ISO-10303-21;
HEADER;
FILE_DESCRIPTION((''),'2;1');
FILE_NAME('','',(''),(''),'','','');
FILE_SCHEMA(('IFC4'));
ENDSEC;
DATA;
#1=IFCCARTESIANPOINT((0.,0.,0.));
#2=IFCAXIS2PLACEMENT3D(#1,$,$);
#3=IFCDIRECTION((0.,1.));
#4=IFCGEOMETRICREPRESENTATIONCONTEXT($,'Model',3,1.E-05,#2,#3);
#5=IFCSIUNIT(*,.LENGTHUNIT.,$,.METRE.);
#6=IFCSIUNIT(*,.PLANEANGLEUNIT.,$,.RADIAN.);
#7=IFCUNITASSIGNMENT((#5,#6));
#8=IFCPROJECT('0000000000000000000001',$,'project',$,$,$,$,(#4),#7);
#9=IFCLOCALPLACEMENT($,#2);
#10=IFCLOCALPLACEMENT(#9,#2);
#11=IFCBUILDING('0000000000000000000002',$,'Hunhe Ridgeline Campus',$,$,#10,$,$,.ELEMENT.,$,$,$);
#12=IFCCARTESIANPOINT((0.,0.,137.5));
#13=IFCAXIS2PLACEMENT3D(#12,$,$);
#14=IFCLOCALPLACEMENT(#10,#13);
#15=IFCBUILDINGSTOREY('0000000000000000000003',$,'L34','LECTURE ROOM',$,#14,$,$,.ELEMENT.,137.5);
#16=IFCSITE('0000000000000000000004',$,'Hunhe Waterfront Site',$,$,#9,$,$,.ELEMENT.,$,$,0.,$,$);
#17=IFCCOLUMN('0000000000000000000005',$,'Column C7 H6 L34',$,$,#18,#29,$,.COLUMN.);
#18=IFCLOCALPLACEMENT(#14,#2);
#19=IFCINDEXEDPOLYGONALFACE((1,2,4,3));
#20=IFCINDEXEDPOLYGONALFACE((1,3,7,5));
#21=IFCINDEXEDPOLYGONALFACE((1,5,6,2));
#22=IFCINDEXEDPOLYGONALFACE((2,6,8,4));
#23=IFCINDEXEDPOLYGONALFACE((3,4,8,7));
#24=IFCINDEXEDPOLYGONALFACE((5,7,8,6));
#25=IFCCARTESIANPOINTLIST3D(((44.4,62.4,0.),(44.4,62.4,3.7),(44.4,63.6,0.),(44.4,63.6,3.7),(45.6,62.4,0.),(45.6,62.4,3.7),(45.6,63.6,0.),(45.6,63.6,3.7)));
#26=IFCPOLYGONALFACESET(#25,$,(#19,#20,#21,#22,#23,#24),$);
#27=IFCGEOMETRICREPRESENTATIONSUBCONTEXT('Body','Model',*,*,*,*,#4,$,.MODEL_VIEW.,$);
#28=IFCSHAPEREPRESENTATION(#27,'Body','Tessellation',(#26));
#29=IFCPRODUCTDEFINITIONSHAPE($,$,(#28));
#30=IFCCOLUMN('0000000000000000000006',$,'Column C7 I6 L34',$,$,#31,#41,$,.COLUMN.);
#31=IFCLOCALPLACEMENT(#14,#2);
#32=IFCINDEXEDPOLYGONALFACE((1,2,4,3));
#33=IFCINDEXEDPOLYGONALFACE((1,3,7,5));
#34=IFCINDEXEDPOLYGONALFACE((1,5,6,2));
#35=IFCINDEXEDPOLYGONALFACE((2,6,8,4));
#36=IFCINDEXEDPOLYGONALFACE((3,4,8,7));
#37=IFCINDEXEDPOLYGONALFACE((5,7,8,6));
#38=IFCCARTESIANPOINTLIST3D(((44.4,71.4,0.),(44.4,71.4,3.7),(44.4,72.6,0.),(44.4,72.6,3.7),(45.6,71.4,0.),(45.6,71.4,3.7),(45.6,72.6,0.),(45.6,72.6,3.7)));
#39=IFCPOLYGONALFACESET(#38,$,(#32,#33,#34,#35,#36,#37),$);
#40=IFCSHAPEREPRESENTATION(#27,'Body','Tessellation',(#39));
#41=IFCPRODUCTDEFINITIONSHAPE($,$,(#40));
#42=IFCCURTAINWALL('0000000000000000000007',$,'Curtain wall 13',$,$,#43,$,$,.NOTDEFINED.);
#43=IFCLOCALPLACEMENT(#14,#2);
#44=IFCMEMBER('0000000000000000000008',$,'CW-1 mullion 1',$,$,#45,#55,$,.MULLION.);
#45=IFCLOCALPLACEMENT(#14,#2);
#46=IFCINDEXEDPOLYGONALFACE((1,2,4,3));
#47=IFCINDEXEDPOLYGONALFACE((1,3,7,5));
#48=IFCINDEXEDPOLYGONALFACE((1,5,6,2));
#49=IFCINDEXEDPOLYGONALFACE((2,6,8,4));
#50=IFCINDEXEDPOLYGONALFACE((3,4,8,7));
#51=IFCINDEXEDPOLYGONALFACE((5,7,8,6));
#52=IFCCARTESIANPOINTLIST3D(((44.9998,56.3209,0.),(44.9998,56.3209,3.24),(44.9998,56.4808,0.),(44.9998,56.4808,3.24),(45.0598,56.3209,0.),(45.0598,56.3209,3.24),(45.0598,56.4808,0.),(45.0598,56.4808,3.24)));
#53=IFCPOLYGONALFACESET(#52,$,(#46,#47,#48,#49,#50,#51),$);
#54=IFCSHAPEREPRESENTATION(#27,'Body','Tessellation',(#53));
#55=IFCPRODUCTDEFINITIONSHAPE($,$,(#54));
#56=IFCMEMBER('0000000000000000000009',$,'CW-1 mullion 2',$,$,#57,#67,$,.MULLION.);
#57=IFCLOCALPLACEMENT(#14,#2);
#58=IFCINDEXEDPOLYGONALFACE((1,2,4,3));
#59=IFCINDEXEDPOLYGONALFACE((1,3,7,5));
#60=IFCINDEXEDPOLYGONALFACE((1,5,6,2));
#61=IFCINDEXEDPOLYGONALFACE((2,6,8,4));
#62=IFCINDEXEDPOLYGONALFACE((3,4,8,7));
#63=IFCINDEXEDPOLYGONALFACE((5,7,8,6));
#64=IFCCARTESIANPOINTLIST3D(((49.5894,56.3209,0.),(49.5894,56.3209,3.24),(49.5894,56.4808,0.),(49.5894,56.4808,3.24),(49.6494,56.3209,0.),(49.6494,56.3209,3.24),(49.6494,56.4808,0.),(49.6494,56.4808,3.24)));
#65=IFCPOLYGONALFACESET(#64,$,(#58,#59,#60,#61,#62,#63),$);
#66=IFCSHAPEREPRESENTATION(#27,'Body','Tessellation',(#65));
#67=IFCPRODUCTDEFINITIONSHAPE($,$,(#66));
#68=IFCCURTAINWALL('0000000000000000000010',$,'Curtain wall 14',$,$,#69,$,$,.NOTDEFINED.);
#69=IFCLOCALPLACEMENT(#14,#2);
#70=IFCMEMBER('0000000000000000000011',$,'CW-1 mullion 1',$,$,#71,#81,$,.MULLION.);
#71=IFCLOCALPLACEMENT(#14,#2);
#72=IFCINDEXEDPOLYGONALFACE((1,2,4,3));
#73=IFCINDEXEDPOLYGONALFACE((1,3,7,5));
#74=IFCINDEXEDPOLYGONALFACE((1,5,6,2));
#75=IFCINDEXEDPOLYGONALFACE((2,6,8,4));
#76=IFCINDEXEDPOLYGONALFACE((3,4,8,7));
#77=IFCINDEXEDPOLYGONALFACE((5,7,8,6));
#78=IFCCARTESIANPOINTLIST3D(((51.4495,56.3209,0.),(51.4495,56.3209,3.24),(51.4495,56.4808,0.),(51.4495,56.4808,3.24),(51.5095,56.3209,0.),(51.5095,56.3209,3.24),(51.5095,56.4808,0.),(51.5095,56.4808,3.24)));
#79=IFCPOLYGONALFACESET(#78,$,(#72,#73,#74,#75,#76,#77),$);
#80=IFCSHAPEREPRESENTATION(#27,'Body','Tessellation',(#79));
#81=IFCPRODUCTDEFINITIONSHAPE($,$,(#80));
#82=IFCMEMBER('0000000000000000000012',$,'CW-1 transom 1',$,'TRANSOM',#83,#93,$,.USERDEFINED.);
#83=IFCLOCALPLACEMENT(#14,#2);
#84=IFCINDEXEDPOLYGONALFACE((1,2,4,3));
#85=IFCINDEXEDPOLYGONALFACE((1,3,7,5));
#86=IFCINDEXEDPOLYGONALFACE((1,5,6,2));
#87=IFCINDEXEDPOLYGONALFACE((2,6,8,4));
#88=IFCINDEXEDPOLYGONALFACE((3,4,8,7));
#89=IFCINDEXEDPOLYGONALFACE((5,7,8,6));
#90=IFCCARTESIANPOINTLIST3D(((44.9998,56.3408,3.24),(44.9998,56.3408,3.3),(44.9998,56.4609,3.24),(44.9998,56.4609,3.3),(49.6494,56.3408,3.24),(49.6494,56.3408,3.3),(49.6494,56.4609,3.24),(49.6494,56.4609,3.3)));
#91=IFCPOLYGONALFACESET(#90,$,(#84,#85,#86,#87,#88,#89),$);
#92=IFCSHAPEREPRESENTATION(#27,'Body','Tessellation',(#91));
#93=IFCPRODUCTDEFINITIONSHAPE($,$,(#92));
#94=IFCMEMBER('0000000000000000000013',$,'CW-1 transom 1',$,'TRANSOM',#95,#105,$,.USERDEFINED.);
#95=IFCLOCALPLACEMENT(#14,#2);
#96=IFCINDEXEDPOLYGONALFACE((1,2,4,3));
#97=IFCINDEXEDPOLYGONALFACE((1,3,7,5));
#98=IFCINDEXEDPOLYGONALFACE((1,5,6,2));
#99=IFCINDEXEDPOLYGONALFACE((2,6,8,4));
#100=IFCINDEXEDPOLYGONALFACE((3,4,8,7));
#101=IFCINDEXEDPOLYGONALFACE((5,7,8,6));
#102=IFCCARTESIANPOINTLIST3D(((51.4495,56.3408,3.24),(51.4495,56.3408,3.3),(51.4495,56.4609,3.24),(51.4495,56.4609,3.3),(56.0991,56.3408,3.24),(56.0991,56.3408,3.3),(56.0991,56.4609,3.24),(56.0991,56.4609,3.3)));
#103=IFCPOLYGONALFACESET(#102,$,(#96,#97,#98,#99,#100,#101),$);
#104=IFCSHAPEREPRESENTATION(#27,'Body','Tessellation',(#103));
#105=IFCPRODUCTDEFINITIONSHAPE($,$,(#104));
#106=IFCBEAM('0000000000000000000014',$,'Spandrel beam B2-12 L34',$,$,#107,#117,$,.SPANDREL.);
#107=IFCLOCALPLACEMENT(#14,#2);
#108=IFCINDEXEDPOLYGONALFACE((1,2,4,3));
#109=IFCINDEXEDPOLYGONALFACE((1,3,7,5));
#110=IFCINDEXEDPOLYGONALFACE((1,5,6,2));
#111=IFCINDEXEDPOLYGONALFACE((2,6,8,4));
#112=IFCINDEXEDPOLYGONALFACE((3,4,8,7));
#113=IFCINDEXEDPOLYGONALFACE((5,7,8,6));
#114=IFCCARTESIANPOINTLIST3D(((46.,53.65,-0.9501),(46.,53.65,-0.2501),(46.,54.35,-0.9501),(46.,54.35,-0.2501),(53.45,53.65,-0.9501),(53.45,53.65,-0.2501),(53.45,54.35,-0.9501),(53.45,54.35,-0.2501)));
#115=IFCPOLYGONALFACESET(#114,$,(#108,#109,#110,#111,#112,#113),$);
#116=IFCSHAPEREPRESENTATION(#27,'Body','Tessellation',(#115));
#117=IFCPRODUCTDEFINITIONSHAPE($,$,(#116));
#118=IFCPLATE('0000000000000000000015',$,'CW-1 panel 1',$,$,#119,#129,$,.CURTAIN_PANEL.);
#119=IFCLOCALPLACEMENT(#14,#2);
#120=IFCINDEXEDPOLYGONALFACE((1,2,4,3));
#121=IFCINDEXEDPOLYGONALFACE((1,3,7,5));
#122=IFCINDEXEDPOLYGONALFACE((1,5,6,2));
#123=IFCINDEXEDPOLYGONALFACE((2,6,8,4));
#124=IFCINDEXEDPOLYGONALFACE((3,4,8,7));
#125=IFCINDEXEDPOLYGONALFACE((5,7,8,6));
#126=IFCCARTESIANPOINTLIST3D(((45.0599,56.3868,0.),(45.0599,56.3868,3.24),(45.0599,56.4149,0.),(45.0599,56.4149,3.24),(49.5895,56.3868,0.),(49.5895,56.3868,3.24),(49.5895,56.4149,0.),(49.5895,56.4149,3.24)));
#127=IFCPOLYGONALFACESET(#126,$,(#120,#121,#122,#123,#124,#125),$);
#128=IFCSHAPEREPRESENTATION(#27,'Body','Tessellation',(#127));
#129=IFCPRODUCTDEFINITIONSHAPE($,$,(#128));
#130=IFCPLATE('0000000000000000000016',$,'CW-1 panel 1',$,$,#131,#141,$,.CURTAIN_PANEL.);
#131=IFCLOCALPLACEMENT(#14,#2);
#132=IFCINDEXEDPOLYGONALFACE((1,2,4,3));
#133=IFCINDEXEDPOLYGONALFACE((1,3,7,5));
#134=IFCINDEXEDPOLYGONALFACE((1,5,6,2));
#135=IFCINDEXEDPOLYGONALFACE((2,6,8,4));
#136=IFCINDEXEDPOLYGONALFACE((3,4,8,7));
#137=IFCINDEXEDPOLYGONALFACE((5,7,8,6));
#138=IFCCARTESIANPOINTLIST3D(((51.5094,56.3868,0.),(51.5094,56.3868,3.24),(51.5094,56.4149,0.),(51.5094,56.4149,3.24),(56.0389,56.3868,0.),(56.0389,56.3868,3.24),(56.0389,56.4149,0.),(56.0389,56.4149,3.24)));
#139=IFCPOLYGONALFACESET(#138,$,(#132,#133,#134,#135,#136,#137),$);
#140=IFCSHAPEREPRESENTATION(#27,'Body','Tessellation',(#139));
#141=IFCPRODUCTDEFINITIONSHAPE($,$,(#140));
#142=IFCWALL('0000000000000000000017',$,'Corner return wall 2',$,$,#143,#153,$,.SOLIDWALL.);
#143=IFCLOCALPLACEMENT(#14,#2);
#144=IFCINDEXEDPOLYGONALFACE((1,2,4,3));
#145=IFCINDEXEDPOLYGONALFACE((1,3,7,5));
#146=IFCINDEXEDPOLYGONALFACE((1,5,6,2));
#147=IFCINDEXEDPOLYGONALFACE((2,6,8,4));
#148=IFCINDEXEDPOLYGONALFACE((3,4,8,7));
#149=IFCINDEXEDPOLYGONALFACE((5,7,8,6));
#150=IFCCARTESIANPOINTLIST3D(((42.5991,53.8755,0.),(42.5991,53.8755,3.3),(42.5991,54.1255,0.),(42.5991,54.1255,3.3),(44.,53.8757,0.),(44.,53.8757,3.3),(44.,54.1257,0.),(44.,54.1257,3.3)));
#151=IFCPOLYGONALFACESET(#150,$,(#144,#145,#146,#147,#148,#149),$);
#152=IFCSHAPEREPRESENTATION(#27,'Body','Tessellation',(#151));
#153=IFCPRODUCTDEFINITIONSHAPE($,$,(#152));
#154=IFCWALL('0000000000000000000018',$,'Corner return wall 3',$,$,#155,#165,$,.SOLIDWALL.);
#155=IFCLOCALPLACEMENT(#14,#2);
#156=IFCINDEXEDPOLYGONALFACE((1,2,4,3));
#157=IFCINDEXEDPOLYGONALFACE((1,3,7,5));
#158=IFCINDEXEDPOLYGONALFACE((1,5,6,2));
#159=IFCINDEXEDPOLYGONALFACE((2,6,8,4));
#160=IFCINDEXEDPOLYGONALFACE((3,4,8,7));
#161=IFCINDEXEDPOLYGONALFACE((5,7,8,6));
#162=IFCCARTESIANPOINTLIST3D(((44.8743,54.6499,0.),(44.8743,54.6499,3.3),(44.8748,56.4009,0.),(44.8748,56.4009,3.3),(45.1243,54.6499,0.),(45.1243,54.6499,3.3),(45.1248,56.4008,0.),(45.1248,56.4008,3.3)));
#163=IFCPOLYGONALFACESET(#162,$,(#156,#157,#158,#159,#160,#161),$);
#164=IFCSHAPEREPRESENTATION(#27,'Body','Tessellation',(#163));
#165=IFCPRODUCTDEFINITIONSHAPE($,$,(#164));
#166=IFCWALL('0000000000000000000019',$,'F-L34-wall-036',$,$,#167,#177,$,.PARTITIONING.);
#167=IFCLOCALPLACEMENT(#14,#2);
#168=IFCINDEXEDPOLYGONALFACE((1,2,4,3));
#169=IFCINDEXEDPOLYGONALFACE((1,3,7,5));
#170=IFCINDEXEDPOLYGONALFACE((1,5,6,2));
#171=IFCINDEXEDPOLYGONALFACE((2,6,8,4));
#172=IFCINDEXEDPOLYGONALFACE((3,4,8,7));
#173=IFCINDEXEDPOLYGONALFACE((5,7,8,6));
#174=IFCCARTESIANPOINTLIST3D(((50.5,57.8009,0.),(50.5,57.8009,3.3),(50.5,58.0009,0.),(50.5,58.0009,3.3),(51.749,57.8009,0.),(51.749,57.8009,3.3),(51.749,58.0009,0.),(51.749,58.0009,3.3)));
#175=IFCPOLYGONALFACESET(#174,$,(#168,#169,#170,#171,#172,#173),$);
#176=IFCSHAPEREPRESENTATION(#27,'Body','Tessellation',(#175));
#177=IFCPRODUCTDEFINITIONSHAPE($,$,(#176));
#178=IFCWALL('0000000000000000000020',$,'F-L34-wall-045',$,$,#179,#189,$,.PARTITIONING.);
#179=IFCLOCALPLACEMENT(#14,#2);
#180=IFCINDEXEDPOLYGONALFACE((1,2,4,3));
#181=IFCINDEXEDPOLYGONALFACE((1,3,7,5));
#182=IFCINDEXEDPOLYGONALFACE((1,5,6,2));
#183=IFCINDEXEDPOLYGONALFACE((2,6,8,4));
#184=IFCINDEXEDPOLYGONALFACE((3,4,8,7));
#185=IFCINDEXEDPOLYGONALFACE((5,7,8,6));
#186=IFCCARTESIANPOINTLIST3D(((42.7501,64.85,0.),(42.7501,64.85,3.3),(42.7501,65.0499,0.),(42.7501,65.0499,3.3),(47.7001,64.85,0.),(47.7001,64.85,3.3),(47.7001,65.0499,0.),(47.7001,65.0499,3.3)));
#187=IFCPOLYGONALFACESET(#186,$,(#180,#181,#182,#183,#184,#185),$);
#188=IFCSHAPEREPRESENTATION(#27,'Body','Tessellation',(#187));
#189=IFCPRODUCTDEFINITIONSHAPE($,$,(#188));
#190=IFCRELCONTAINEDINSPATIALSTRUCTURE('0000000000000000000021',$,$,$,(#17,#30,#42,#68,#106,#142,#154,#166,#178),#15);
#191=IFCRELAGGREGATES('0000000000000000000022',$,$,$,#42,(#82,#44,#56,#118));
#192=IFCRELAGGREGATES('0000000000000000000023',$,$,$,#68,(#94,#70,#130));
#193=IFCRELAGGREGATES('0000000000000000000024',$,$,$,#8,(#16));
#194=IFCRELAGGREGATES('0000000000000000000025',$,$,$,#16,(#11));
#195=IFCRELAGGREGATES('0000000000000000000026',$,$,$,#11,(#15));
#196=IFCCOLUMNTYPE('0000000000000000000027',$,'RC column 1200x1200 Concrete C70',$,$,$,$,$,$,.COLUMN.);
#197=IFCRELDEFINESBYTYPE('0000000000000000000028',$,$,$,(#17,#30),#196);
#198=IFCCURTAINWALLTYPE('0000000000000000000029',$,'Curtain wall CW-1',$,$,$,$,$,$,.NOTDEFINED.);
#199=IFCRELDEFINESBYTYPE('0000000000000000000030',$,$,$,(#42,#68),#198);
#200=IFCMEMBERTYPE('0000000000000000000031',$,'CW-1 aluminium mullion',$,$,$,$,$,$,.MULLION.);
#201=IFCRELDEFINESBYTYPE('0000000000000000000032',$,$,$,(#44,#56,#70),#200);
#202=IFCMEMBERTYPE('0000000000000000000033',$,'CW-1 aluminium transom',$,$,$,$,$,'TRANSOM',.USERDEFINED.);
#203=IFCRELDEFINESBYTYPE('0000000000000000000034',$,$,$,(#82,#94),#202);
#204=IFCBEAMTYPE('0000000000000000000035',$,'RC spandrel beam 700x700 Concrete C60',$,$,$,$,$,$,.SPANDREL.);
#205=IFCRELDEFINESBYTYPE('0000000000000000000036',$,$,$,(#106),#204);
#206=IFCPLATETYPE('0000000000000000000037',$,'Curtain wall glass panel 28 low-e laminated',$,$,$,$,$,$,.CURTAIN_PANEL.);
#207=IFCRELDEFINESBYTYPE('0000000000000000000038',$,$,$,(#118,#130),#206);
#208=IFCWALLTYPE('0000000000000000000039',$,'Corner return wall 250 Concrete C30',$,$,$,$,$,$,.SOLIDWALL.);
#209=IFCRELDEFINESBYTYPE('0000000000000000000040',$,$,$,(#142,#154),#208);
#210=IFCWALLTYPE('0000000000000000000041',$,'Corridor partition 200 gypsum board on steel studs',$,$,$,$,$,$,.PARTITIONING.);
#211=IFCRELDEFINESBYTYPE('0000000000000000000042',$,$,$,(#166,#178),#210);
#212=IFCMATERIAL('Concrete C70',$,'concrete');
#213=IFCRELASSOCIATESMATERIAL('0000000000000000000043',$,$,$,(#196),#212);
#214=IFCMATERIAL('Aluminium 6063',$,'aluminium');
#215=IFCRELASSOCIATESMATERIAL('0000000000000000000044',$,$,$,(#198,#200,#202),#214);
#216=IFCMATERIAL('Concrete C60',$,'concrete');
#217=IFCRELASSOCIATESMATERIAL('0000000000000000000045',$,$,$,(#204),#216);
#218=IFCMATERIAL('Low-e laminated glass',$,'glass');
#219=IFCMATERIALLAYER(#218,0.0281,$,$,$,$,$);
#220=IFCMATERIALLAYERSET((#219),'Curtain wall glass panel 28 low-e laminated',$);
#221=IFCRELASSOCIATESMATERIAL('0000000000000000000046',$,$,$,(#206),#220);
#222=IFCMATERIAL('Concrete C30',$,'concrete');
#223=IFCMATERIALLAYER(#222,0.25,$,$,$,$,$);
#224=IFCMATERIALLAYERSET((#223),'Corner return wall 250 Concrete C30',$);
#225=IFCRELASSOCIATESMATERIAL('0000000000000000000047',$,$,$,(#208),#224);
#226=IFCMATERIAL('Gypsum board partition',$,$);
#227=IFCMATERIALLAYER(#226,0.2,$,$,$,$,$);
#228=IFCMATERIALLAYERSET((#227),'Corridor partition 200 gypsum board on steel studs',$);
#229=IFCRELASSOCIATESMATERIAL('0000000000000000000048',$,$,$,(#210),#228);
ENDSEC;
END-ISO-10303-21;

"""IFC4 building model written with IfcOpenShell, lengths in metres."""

from ifc_helpers import new_model, si_unit, direction, frame, frame_2d, origin, origin_2d, place, context, subcontext, project, spatial, rectangle, extrude, material, layer, layer_set, material_profile, profile_set, type_object, element, aggregate, save


model = new_model("IFC4")

# Units and contexts
model_context = context("Model", 3, precision=1e-05, world=origin(), true_north=direction((0.0, 1.0)))
body_context = subcontext(model_context, "Body", "Model", "MODEL_VIEW")
ifc_project = project(units=[si_unit("LENGTHUNIT", "METRE"), si_unit("PLANEANGLEUNIT", "RADIAN")], contexts=[model_context])

# Site, building, storey
site_placement = place(None, origin())
site = spatial("IfcSite", under=ifc_project, at=site_placement, Name="Hunhe Waterfront Site", CompositionType="ELEMENT", RefElevation=0.0)
building_placement = place(site_placement, origin())
building = spatial("IfcBuilding", under=site, at=building_placement, Name="Hunhe Ridgeline Campus", CompositionType="ELEMENT")
storey_placement = place(building_placement, frame((0.0, 0.0, 137.5)))
storey = spatial("IfcBuildingStorey", under=building, at=storey_placement, Name="L34", Description="LECTURE ROOM", CompositionType="ELEMENT", Elevation=137.5)

# Columns
ifc_material_1 = material(Name="Concrete C70", Category="concrete")
ifc_material_profile_1 = material_profile(ifc_material_1, rectangle(XDim=1.2, YDim=1.2, at=origin_2d()))
ifc_profile_set_1 = profile_set([ifc_material_profile_1], Name="Concrete C70")
column_type = type_object("IfcColumnType", Name="RC column 1200x1200 Concrete C70", PredefinedType="COLUMN", material=ifc_profile_set_1)
for number, where, z_axis, x_axis, name in (
    (1, (45.0, 63.0, 0.0), (0.0, 0.0, 1.0), (1.0, 0.0, 0.0), "Column C7 H6 L34"),
    (2, (45.0, 72.0, 0.0), (0.0, 0.0, 1.0), (1.0, 0.0, 0.0), "Column C7 I6 L34"),
):
    element("IfcColumn", number, at=place(storey_placement, frame(where, z_axis=z_axis, x_axis=x_axis)), inside=storey, type_object=column_type, Name=name, PredefinedType="COLUMN", context=body_context, shape_type="SweptSolid", body=[
        extrude(rectangle(XDim=1.2, YDim=1.2, at=origin_2d()), origin(), (0.0, 0.0, 1.0), 3.7),
    ])

# Curtain wall, members
ifc_material_2 = material(Name="Aluminium 6063", Category="aluminium")
curtain_wall_type = type_object("IfcCurtainWallType", Name="Curtain wall CW-1", PredefinedType="NOTDEFINED", material=ifc_material_2)
curtain_wall_1_placement = place(storey_placement, origin())
curtain_wall_1 = element("IfcCurtainWall", 3, at=curtain_wall_1_placement, inside=storey, type_object=curtain_wall_type, Name="Curtain wall 13", PredefinedType="NOTDEFINED")
ifc_material_profile_2 = material_profile(ifc_material_2, rectangle(XDim=0.1599, YDim=0.0601, at=origin_2d()))
ifc_profile_set_2 = profile_set([ifc_material_profile_2], Name="Aluminium 6063")
member_type_1 = type_object("IfcMemberType", Name="CW-1 aluminium mullion", PredefinedType="MULLION", material=ifc_profile_set_2)
member_1_placement = place(storey_placement, frame((45.0298, 56.4009, 0.0), z_axis=(0.0, 0.0, 1.0), x_axis=(-0.000002, 1.0, 0.0)))
member_1 = element("IfcMember", 4, at=member_1_placement, type_object=member_type_1, Name="CW-1 mullion 1", PredefinedType="MULLION", context=body_context, shape_type="SweptSolid", body=[
    extrude(rectangle(XDim=0.1599, YDim=0.0601, at=origin_2d()), origin(), (0.0, 0.0, 1.0), 3.24),
])
member_2_placement = place(storey_placement, frame((49.6194, 56.4009, 0.0), z_axis=(0.0, 0.0, 1.0), x_axis=(-0.000002, 1.0, 0.0)))
member_2 = element("IfcMember", 5, at=member_2_placement, type_object=member_type_1, Name="CW-1 mullion 2", PredefinedType="MULLION", context=body_context, shape_type="SweptSolid", body=[
    extrude(rectangle(XDim=0.1599, YDim=0.0601, at=origin_2d()), origin(), (0.0, 0.0, 1.0), 3.24),
])

# Curtain wall, member
curtain_wall_2_placement = place(storey_placement, origin())
curtain_wall_2 = element("IfcCurtainWall", 6, at=curtain_wall_2_placement, inside=storey, type_object=curtain_wall_type, Name="Curtain wall 14", PredefinedType="NOTDEFINED")
member_3_placement = place(storey_placement, frame((51.4795, 56.4009, 0.0), z_axis=(0.0, 0.0, 1.0), x_axis=(-0.000002, 1.0, 0.0)))
member_3 = element("IfcMember", 7, at=member_3_placement, type_object=member_type_1, Name="CW-1 mullion 1", PredefinedType="MULLION", context=body_context, shape_type="SweptSolid", body=[
    extrude(rectangle(XDim=0.1599, YDim=0.0601, at=origin_2d()), origin(), (0.0, 0.0, 1.0), 3.24),
])

# Members
ifc_material_profile_3 = material_profile(ifc_material_2, rectangle(XDim=0.1201, YDim=0.0601, at=origin_2d()))
ifc_profile_set_3 = profile_set([ifc_material_profile_3], Name="Aluminium 6063")
member_type_2 = type_object("IfcMemberType", Name="CW-1 aluminium transom", ElementType="TRANSOM", PredefinedType="USERDEFINED", material=ifc_profile_set_3)
member_4_placement = place(storey_placement, frame((44.9998, 56.4009, 3.27), z_axis=(1.0, 0.0, 0.0), x_axis=(0.0, 1.0, 0.0)))
member_4 = element("IfcMember", 8, at=member_4_placement, type_object=member_type_2, Name="CW-1 transom 1", ObjectType="TRANSOM", PredefinedType="USERDEFINED", context=body_context, shape_type="SweptSolid", body=[
    extrude(rectangle(XDim=0.1201, YDim=0.0601, at=origin_2d()), origin(), (0.0, 0.0, 1.0), 4.6497),
])
member_5_placement = place(storey_placement, frame((51.4495, 56.4009, 3.27), z_axis=(1.0, 0.0, 0.0), x_axis=(0.0, 1.0, 0.0)))
member_5 = element("IfcMember", 9, at=member_5_placement, type_object=member_type_2, Name="CW-1 transom 1", ObjectType="TRANSOM", PredefinedType="USERDEFINED", context=body_context, shape_type="SweptSolid", body=[
    extrude(rectangle(XDim=0.1201, YDim=0.0601, at=origin_2d()), origin(), (0.0, 0.0, 1.0), 4.6497),
])

# Beam
ifc_material_3 = material(Name="Concrete C60", Category="concrete")
ifc_material_profile_4 = material_profile(ifc_material_3, rectangle(XDim=0.7, YDim=0.7, at=origin_2d()))
ifc_profile_set_4 = profile_set([ifc_material_profile_4], Name="Concrete C60")
beam_type = type_object("IfcBeamType", Name="RC spandrel beam 700x700 Concrete C60", PredefinedType="SPANDREL", material=ifc_profile_set_4)
beam_placement = place(storey_placement, frame((46.0, 54.0, -0.6001), z_axis=(1.0, 0.0, 0.0), x_axis=(0.0, 1.0, 0.0)))
element("IfcBeam", 10, at=beam_placement, inside=storey, type_object=beam_type, Name="Spandrel beam B2-12 L34", PredefinedType="SPANDREL", context=body_context, shape_type="SweptSolid", body=[
    extrude(rectangle(XDim=0.7, YDim=0.7, at=origin_2d()), origin(), (0.0, 0.0, 1.0), 7.45),
])

# Plates
ifc_material_4 = material(Name="Low-e laminated glass", Category="glass")
ifc_layer_1 = layer(ifc_material_4, 0.0281)
ifc_layer_set_1 = layer_set([ifc_layer_1], Name="Curtain wall glass panel 28 low-e laminated")
plate_type = type_object("IfcPlateType", Name="Curtain wall glass panel 28 low-e laminated", PredefinedType="CURTAIN_PANEL", material=ifc_layer_set_1)
plate_1_placement = place(storey_placement, frame((47.3247, 56.4009, 0.0), z_axis=(0.0, 0.0, 1.0), x_axis=(1.0, 0.000002, 0.0)))
plate_1 = element("IfcPlate", 11, at=plate_1_placement, type_object=plate_type, Name="CW-1 panel 1", PredefinedType="CURTAIN_PANEL", context=body_context, shape_type="SweptSolid", body=[
    extrude(rectangle(XDim=4.5295, YDim=0.0281, at=origin_2d()), origin(), (0.0, 0.0, 1.0), 3.24),
])
aggregate(curtain_wall_1, [member_4, member_1, member_2, plate_1])
plate_2_placement = place(storey_placement, frame((53.7742, 56.4009, 0.0), z_axis=(0.0, 0.0, 1.0), x_axis=(1.0, 0.000002, 0.0)))
plate_2 = element("IfcPlate", 12, at=plate_2_placement, type_object=plate_type, Name="CW-1 panel 1", PredefinedType="CURTAIN_PANEL", context=body_context, shape_type="SweptSolid", body=[
    extrude(rectangle(XDim=4.5295, YDim=0.0281, at=origin_2d()), origin(), (0.0, 0.0, 1.0), 3.24),
])
aggregate(curtain_wall_2, [member_5, member_3, plate_2])

# Walls
ifc_material_5 = material(Name="Concrete C30", Category="concrete")
ifc_layer_2 = layer(ifc_material_5, 0.25)
ifc_layer_set_2 = layer_set([ifc_layer_2], Name="Corner return wall 250 Concrete C30")
wall_type_1 = type_object("IfcWallType", Name="Corner return wall 250 Concrete C30", PredefinedType="SOLIDWALL", material=ifc_layer_set_2)
wall_1_placement = place(storey_placement, frame((42.5991, 54.0005, 0.0), z_axis=(0.0, 0.0, 1.0), x_axis=(1.0, 0.000174, 0.0)))
element("IfcWall", 13, at=wall_1_placement, inside=storey, type_object=wall_type_1, Name="Corner return wall 2", PredefinedType="SOLIDWALL", context=body_context, shape_type="SweptSolid", body=[
    extrude(rectangle(XDim=1.4009, YDim=0.25, at=frame_2d((0.7004, 0.0))), origin(), (0.0, 0.0, 1.0), 3.3),
])
wall_2_placement = place(storey_placement, frame((44.9993, 54.6499, 0.0), z_axis=(0.0, 0.0, 1.0), x_axis=(0.000279, 1.0, 0.0)))
element("IfcWall", 14, at=wall_2_placement, inside=storey, type_object=wall_type_1, Name="Corner return wall 3", PredefinedType="SOLIDWALL", context=body_context, shape_type="SweptSolid", body=[
    extrude(rectangle(XDim=1.751, YDim=0.25, at=frame_2d((0.8755, 0.0))), origin(), (0.0, 0.0, 1.0), 3.3),
])
ifc_material_6 = material(Name="Gypsum board partition")
ifc_layer_3 = layer(ifc_material_6, 0.2)
ifc_layer_set_3 = layer_set([ifc_layer_3], Name="Corridor partition 200 gypsum board on steel studs")
wall_type_2 = type_object("IfcWallType", Name="Corridor partition 200 gypsum board on steel studs", PredefinedType="PARTITIONING", material=ifc_layer_set_3)
wall_3_placement = place(storey_placement, frame((50.5, 57.9009, 0.0), z_axis=(0.0, 0.0, 1.0), x_axis=(1.0, 0.0, 0.0)))
element("IfcWall", 15, at=wall_3_placement, inside=storey, type_object=wall_type_2, Name="F-L34-wall-036", PredefinedType="PARTITIONING", context=body_context, shape_type="SweptSolid", body=[
    extrude(rectangle(XDim=1.249, YDim=0.2, at=frame_2d((0.6245, 0.0))), origin(), (0.0, 0.0, 1.0), 3.3),
])

# Wall
wall_4_placement = place(storey_placement, frame((42.75, 64.95, 0.0), z_axis=(0.0, 0.0, 1.0), x_axis=(1.0, 0.0, 0.0)))
element("IfcWall", 16, at=wall_4_placement, inside=storey, type_object=wall_type_2, Name="F-L34-wall-045", PredefinedType="PARTITIONING", context=body_context, shape_type="SweptSolid", body=[
    extrude(rectangle(XDim=4.95, YDim=0.2, at=frame_2d((2.4751, 0.0))), origin(), (0.0, 0.0, 1.0), 3.3),
])

save(model, "model.ifc")
